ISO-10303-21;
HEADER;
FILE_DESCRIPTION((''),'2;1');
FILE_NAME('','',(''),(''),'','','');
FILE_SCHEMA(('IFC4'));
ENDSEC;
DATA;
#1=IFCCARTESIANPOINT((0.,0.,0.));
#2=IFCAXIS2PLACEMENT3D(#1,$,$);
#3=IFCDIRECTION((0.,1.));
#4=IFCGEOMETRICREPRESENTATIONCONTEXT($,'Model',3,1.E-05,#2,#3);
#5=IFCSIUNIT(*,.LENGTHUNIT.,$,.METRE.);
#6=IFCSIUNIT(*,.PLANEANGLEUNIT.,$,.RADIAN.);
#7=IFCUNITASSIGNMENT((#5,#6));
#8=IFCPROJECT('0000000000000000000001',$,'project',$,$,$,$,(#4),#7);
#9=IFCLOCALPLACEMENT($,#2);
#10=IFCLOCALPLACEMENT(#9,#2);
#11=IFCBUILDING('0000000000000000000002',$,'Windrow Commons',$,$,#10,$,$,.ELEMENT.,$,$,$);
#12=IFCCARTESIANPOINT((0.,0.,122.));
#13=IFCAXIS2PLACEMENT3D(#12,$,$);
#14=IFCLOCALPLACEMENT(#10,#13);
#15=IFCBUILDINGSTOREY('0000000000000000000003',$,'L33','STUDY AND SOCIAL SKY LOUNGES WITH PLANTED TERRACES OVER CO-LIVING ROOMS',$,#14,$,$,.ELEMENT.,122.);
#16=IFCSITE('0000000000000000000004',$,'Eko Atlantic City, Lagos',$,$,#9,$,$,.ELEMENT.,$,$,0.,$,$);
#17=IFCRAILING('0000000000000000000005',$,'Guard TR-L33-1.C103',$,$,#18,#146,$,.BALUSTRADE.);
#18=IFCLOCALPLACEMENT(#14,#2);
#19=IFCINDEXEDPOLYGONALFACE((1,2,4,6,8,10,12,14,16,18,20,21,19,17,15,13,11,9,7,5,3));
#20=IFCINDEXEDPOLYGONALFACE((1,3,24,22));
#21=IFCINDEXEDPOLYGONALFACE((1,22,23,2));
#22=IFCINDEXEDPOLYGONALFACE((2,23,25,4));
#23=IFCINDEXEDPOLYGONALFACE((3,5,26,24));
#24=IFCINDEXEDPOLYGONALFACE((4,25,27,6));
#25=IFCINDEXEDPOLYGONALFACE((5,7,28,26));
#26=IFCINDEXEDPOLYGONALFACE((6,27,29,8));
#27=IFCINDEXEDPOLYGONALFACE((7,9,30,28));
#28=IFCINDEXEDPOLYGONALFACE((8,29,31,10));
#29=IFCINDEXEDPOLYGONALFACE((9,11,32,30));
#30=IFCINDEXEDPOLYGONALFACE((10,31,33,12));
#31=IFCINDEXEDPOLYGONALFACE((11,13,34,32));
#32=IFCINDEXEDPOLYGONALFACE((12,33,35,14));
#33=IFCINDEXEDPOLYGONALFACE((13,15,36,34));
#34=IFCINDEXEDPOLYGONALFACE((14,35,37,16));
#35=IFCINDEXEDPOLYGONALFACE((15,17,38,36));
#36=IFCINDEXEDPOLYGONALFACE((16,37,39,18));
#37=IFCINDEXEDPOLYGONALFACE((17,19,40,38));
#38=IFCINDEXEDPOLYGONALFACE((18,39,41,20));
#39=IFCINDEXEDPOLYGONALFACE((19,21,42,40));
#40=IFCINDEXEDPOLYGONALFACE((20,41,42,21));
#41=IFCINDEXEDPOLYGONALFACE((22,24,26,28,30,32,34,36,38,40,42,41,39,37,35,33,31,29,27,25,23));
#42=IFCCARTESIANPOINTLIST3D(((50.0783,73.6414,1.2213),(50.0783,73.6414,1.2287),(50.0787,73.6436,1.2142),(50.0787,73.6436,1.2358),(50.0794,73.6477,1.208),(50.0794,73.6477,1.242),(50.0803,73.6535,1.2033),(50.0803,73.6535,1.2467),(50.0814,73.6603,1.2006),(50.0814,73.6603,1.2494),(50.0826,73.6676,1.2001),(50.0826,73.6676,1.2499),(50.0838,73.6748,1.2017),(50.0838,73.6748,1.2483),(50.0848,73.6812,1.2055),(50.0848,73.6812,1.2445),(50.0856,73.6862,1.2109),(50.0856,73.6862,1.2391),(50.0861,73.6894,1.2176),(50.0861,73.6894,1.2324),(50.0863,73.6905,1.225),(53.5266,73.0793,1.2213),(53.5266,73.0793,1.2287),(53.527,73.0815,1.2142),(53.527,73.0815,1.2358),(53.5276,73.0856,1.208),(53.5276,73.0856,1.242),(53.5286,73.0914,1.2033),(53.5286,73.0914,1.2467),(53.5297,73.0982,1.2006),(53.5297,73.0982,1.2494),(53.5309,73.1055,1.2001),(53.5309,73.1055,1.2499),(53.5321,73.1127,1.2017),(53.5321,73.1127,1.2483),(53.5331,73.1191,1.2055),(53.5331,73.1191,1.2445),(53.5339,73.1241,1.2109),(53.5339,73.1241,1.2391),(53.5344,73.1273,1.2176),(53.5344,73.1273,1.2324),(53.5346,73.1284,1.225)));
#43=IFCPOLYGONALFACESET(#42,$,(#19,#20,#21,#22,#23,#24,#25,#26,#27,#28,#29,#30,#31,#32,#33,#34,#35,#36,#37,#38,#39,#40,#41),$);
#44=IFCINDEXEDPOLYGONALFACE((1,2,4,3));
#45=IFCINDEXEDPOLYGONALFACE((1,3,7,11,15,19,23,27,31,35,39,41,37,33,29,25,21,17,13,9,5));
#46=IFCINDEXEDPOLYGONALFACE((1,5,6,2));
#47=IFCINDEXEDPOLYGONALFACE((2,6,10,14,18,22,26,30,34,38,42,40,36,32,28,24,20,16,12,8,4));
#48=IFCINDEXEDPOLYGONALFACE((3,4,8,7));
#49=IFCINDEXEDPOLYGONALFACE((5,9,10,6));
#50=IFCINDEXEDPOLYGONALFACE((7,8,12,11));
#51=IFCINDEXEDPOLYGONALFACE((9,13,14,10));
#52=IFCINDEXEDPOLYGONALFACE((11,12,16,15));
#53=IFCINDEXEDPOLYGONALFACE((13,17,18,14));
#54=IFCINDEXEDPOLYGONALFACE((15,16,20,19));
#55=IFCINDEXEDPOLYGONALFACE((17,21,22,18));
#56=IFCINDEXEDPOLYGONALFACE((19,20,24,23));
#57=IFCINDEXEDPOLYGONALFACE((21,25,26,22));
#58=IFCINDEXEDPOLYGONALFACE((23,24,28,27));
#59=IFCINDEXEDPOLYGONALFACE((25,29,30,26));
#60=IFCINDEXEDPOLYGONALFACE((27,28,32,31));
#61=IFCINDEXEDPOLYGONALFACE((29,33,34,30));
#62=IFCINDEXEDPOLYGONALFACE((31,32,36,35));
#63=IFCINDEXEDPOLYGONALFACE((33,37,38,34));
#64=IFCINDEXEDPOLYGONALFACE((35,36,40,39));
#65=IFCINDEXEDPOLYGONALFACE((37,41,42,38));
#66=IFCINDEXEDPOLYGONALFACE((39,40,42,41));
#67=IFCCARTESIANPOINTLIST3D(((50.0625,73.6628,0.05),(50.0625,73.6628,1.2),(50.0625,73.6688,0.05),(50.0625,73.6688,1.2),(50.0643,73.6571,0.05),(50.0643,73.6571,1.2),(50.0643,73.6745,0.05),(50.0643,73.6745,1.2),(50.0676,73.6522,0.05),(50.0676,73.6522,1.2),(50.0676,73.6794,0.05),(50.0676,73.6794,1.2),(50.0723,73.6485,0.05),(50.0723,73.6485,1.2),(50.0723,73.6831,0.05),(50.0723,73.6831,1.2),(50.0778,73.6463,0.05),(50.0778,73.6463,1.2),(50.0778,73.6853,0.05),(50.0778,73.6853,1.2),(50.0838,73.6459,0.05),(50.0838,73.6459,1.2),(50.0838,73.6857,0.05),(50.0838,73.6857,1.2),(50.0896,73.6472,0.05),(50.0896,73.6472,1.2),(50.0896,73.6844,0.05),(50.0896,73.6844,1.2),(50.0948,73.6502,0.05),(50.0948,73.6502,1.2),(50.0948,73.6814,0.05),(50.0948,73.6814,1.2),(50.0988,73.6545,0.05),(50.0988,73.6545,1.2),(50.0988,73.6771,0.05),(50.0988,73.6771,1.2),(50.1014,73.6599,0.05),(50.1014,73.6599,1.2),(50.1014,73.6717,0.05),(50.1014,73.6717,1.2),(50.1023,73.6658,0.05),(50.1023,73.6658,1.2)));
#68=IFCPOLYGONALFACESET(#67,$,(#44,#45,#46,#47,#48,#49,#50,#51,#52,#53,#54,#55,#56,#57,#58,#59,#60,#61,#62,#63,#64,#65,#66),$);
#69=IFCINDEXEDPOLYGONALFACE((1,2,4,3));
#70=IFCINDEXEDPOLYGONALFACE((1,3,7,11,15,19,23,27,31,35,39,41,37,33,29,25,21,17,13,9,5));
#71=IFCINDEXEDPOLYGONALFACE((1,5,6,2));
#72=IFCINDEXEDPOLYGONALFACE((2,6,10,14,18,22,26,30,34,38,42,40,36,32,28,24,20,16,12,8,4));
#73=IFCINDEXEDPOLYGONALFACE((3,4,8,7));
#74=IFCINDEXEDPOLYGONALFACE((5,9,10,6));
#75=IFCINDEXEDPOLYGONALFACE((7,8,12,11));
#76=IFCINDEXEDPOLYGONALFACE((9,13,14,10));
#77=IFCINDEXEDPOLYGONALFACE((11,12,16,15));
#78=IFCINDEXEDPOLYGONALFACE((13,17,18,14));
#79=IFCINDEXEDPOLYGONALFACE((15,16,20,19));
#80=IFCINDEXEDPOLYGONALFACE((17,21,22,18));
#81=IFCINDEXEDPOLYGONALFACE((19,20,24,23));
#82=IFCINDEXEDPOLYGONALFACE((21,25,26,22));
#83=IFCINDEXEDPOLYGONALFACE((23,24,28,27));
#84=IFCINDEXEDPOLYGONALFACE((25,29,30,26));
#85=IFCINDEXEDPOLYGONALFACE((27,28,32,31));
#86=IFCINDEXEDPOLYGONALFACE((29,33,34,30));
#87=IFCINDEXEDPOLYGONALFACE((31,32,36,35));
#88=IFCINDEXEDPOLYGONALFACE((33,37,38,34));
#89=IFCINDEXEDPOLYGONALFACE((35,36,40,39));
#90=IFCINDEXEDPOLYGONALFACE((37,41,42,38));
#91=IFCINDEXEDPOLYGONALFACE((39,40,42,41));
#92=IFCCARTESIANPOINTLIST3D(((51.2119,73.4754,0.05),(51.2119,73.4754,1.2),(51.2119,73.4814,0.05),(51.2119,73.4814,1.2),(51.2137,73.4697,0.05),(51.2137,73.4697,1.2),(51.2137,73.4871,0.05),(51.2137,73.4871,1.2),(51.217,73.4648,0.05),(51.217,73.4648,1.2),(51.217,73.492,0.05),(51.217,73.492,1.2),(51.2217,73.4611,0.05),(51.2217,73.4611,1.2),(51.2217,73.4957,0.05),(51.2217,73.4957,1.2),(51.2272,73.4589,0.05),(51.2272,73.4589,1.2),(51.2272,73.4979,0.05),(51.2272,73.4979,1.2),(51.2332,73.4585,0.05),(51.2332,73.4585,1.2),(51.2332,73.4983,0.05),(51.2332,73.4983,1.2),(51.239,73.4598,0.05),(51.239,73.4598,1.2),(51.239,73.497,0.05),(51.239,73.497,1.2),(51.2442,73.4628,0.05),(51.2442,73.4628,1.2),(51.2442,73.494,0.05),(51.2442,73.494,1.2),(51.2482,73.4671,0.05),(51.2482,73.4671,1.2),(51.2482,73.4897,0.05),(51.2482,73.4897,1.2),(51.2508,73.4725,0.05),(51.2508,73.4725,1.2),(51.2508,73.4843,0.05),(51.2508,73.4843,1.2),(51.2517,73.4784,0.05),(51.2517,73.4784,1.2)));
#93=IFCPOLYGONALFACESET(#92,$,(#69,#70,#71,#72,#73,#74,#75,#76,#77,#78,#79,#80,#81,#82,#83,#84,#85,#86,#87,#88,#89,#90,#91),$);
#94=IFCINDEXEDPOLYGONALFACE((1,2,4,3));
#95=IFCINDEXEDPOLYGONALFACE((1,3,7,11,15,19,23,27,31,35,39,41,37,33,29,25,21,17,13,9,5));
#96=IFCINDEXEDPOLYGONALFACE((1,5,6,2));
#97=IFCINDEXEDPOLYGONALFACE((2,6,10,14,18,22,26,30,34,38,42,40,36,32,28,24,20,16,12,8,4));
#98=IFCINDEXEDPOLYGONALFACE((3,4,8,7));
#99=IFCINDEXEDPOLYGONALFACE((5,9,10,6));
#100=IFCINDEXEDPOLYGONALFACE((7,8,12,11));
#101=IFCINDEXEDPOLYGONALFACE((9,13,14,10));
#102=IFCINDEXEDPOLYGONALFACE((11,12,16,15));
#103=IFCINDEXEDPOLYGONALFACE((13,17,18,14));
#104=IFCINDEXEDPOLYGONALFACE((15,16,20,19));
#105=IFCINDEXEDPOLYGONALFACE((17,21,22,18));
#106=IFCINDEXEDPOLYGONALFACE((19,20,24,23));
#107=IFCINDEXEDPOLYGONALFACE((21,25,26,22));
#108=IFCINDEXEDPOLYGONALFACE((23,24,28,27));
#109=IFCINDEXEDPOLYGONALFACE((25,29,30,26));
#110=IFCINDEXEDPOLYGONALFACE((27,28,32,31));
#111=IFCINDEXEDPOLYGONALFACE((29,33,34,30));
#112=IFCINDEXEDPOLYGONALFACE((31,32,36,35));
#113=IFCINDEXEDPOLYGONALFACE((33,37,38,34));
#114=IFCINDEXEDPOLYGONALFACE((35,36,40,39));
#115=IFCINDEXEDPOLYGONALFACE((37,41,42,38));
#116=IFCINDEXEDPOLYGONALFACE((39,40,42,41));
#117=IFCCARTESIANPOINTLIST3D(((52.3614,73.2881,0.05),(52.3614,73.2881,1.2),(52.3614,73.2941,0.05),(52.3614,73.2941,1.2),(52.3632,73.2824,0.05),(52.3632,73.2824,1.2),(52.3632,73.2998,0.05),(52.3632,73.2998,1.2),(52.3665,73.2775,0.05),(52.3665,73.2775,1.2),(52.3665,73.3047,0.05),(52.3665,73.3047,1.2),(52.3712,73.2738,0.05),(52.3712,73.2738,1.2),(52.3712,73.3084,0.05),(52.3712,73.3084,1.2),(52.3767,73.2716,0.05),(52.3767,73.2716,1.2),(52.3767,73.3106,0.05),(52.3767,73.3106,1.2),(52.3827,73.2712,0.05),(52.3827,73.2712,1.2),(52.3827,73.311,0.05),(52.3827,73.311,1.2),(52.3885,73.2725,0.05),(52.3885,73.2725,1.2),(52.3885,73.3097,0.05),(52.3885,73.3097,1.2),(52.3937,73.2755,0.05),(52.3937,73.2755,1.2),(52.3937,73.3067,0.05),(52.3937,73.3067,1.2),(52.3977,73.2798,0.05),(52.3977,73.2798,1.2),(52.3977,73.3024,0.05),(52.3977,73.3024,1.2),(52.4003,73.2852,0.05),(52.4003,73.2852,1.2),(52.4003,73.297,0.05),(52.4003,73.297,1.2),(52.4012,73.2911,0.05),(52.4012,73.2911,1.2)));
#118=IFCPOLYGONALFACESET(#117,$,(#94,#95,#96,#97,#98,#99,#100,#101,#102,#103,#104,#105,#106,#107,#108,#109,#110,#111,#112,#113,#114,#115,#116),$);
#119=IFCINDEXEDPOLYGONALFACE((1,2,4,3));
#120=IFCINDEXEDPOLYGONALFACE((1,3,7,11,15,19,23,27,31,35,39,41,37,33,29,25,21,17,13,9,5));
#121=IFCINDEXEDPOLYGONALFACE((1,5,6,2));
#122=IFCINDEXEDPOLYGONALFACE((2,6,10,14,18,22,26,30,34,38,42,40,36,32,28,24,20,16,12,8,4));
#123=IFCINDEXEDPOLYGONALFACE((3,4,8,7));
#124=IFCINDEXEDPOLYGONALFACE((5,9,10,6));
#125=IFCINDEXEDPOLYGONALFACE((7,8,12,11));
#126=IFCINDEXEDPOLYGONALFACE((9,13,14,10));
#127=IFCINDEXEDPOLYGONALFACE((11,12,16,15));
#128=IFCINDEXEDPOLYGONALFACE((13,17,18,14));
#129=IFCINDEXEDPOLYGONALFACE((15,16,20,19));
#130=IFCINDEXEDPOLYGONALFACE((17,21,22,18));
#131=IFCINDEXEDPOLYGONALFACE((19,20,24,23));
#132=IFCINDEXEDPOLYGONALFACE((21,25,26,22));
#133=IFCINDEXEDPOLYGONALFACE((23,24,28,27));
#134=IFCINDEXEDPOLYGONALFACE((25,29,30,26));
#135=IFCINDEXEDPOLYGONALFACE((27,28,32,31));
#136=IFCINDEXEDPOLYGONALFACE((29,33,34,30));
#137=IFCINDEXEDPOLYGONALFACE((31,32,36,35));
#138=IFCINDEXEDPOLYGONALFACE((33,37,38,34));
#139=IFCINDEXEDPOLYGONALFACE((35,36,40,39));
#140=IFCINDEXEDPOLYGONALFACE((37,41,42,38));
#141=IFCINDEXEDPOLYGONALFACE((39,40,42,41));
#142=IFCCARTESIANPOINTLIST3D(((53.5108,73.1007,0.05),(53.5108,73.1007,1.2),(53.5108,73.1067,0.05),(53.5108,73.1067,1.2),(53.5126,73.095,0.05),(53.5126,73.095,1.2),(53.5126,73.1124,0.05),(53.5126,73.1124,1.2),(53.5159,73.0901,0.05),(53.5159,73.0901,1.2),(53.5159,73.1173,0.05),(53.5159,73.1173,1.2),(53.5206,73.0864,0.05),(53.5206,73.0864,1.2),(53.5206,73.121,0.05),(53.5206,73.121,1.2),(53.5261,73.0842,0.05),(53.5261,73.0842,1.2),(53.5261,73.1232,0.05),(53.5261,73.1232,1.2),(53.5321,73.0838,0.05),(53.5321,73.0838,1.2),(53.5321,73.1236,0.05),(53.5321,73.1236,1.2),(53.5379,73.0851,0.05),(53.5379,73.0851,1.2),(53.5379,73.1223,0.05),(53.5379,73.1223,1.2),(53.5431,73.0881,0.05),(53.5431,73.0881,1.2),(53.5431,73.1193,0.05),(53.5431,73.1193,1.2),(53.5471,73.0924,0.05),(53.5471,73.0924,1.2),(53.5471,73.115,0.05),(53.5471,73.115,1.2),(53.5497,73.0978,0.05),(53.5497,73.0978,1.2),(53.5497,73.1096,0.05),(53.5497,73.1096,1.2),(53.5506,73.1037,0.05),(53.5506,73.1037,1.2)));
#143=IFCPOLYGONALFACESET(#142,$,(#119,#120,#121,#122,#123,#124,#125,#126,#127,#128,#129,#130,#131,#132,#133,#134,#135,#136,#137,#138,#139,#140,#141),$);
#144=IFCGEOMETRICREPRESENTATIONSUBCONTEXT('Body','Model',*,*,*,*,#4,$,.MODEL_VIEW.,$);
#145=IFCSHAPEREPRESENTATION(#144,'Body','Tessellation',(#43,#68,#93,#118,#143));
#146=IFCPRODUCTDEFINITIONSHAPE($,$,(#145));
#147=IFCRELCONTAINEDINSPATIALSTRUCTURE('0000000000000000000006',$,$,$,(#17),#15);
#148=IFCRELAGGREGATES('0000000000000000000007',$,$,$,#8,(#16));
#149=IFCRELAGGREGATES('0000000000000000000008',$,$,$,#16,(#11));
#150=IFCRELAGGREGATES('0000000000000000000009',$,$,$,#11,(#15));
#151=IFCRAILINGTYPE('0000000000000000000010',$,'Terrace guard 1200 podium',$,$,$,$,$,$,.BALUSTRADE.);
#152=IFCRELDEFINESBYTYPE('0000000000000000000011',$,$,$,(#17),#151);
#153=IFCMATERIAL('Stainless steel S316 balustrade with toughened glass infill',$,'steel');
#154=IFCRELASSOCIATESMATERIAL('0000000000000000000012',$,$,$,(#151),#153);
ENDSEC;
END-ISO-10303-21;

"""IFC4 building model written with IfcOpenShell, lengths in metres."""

from ifc_helpers import new_model, si_unit, direction, frame, origin, origin_2d, place, context, subcontext, project, spatial, circle, extrude, material, type_object, element, save


model = new_model("IFC4")

# Units and contexts
model_context = context("Model", 3, precision=1e-05, world=origin(), true_north=direction((0.0, 1.0)))
body_context = subcontext(model_context, "Body", "Model", "MODEL_VIEW")
ifc_project = project(units=[si_unit("LENGTHUNIT", "METRE"), si_unit("PLANEANGLEUNIT", "RADIAN")], contexts=[model_context])

# Site, building, storey
site_placement = place(None, origin())
site = spatial("IfcSite", under=ifc_project, at=site_placement, Name="Eko Atlantic City, Lagos", CompositionType="ELEMENT", RefElevation=0.0)
building_placement = place(site_placement, origin())
building = spatial("IfcBuilding", under=site, at=building_placement, Name="Windrow Commons", CompositionType="ELEMENT")
storey_placement = place(building_placement, frame((0.0, 0.0, 122.0)))
storey = spatial("IfcBuildingStorey", under=building, at=storey_placement, Name="L33", Description="STUDY AND SOCIAL SKY LOUNGES WITH PLANTED TERRACES OVER CO-LIVING ROOMS", CompositionType="ELEMENT", Elevation=122.0)

# Railing
ifc_material_1 = material(Name="Stainless steel S316 balustrade with toughened glass infill", Category="steel")
railing_type = type_object("IfcRailingType", Name="Terrace guard 1200 podium", PredefinedType="BALUSTRADE", material=ifc_material_1)
railing_1_placement = place(storey_placement, frame((50.0823, 73.6658, 0.05)))
element("IfcRailing", 1, at=railing_1_placement, inside=storey, type_object=railing_type, Name="Guard TR-L33-1.C103", PredefinedType="BALUSTRADE", context=body_context, shape_type="SweptSolid", body=[
    extrude(circle(Radius=0.025, at=origin_2d()), frame((0.0, 0.0, 1.175), z_axis=(0.986973, -0.160884, 0.0), x_axis=(0.160884, 0.986973, 0.0)), (0.0, 0.0, 1.0), 3.4938),
    extrude(circle(Radius=0.02, at=origin_2d()), origin(), (0.0, 0.0, 1.0), 1.15),
    extrude(circle(Radius=0.02, at=origin_2d()), frame((1.1494, -0.1874, 0.0)), (0.0, 0.0, 1.0), 1.15),
    extrude(circle(Radius=0.02, at=origin_2d()), frame((2.2989, -0.3747, 0.0)), (0.0, 0.0, 1.0), 1.15),
    extrude(circle(Radius=0.02, at=origin_2d()), frame((3.4483, -0.5621, 0.0)), (0.0, 0.0, 1.0), 1.15),
])

save(model, "model.ifc")
